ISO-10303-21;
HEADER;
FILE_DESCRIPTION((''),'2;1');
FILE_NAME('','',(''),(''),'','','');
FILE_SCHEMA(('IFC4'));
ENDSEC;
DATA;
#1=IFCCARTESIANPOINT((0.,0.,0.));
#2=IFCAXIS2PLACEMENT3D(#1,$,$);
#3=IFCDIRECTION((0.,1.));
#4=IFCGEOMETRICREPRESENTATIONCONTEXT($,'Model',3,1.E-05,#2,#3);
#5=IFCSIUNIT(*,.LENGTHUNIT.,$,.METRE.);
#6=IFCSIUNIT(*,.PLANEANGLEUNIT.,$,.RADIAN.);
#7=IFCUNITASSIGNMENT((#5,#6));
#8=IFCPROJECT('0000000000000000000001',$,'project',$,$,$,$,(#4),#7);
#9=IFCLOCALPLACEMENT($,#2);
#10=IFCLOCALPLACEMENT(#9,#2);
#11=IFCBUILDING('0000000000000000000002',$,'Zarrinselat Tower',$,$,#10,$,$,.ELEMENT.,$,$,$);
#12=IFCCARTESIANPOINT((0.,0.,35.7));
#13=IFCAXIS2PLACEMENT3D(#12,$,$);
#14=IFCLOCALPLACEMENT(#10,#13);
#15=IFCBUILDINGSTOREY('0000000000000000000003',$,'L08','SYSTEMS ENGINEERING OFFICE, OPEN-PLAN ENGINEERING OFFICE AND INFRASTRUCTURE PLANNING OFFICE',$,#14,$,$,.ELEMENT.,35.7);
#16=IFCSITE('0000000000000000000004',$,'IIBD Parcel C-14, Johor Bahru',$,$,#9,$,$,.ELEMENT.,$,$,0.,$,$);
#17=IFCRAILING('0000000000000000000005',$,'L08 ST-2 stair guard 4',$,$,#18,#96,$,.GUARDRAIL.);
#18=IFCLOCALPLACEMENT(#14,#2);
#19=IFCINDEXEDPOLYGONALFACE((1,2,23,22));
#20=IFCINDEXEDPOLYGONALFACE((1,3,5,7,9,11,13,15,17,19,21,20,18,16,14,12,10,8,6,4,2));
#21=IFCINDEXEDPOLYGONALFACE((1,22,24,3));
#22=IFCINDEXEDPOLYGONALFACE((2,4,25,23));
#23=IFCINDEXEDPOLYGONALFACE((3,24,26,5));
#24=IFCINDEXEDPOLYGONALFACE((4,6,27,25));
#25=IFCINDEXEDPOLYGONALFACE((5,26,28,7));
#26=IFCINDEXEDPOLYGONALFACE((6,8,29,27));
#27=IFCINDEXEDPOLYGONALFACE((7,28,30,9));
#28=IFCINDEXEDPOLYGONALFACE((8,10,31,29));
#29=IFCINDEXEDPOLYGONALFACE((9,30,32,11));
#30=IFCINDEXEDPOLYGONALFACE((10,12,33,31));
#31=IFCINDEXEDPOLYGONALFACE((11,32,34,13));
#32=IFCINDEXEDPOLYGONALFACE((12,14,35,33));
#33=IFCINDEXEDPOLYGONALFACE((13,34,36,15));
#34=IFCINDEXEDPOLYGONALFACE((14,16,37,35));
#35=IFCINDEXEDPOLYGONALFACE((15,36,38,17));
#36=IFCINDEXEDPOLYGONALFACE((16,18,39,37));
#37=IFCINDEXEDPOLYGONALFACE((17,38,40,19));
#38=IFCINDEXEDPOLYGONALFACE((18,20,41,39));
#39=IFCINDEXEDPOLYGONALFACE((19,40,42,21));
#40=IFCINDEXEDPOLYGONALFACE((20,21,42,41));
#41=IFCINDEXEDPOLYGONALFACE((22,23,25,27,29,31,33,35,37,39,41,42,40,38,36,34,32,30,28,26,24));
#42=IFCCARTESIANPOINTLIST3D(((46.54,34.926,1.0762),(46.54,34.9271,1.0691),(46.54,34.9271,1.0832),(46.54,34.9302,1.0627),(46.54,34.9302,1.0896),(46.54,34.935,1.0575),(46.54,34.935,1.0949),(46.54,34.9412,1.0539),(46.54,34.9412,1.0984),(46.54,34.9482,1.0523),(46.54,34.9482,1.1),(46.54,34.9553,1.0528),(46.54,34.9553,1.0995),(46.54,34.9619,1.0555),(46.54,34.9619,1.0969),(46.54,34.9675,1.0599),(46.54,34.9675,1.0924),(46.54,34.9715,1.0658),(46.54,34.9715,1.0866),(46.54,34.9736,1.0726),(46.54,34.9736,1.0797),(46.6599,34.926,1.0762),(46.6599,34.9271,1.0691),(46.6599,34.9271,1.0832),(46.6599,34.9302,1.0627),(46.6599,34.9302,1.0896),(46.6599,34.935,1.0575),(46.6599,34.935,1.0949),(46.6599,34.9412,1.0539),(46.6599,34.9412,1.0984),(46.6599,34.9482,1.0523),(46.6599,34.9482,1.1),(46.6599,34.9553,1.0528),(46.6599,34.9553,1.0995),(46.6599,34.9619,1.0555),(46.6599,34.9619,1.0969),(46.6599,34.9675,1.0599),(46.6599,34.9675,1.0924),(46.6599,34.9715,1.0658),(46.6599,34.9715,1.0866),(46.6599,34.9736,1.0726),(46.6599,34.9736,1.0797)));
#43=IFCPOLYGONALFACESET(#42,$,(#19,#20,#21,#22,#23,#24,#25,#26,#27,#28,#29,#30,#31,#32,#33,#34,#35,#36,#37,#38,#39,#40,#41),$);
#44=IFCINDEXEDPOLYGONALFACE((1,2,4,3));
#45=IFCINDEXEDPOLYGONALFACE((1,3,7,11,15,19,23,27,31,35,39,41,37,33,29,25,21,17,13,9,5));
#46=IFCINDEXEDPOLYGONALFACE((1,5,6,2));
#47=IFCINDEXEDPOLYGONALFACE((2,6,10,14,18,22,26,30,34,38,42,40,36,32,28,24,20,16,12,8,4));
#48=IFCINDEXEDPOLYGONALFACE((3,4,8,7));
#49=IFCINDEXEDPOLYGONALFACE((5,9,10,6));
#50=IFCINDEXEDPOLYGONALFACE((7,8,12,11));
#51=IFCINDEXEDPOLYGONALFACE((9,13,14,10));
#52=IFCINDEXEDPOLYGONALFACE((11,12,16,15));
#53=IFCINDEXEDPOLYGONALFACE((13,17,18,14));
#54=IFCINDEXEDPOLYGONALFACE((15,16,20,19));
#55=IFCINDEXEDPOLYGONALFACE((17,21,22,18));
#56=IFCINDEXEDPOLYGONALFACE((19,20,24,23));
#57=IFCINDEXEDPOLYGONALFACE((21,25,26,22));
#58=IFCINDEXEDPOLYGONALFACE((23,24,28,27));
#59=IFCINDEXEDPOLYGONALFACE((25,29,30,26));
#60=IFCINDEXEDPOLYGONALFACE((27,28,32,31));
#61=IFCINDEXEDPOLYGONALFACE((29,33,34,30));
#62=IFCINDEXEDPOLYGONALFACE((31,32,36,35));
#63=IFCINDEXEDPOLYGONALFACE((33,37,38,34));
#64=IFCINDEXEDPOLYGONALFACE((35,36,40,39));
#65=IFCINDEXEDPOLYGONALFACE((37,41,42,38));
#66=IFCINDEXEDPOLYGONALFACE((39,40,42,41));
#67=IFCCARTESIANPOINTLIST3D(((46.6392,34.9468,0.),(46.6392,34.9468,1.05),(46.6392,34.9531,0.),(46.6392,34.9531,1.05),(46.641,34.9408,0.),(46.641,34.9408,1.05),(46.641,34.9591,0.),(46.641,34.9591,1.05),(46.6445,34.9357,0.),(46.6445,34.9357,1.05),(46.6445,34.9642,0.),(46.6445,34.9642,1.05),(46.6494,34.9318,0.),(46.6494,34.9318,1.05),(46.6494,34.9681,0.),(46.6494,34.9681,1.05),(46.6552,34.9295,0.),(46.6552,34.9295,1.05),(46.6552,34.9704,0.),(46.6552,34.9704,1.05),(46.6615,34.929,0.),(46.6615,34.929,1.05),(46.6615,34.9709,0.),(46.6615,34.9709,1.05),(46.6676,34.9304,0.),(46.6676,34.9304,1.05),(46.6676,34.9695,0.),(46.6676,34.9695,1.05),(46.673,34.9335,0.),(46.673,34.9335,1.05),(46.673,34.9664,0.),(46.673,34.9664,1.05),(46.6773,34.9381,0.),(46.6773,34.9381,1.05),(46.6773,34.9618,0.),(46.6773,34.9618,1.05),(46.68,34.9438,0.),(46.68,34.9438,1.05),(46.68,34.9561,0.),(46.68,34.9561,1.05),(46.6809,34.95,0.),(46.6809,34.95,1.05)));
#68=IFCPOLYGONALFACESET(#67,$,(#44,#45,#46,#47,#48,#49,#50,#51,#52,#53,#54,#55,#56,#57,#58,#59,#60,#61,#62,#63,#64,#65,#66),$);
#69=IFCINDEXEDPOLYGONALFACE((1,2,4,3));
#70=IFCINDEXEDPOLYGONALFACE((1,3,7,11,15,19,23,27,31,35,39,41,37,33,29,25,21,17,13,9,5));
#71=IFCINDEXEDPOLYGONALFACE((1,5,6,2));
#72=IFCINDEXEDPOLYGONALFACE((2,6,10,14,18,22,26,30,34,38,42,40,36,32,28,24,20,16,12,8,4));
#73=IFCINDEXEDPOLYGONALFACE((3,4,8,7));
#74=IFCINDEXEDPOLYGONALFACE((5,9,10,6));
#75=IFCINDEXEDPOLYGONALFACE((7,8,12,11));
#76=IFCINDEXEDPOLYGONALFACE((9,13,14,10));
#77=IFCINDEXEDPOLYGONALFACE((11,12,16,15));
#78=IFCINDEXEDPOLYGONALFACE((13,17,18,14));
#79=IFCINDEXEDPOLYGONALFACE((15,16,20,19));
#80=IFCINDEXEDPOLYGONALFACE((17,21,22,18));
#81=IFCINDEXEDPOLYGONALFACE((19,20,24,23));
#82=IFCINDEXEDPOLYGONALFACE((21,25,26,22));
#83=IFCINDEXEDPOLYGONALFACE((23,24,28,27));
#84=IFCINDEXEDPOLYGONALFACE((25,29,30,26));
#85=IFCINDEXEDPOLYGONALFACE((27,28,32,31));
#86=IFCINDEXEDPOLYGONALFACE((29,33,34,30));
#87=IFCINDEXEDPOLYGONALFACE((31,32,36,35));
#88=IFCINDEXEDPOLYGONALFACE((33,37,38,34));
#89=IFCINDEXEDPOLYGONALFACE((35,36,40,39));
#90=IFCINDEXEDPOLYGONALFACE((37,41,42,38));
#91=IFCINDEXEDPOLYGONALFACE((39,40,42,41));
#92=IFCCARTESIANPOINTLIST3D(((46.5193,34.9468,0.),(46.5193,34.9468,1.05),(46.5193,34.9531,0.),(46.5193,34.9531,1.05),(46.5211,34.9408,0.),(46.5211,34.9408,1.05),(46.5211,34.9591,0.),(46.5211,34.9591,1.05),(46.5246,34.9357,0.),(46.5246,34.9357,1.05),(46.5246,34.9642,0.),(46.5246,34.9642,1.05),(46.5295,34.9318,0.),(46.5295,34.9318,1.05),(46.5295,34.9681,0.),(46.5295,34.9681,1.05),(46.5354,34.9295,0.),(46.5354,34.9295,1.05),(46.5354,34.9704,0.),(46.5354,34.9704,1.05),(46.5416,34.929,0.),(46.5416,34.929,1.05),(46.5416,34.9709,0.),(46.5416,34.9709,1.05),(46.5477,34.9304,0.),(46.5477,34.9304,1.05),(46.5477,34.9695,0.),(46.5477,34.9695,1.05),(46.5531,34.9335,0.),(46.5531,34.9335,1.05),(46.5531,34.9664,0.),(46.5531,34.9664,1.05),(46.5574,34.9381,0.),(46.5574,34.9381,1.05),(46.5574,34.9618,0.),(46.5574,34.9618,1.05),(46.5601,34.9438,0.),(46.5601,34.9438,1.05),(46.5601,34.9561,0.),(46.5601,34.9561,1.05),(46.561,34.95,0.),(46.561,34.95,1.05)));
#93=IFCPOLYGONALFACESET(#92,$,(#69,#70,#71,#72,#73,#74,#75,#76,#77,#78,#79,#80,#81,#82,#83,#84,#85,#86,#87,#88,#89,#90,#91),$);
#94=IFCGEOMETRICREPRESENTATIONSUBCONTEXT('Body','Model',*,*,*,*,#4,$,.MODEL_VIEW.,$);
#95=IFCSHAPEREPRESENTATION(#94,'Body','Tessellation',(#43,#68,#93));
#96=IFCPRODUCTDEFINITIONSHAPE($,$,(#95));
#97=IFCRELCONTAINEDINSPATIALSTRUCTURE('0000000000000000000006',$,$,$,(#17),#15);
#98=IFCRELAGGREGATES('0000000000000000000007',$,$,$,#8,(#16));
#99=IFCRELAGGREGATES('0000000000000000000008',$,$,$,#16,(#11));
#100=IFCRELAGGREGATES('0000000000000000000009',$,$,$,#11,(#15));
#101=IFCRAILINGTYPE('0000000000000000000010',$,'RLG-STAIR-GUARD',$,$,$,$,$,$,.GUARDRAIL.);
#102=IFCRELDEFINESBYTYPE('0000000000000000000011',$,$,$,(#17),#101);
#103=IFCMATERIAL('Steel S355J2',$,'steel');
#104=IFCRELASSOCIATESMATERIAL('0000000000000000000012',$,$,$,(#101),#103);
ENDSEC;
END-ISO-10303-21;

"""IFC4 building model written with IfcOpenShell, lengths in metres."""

from ifc_helpers import new_model, si_unit, direction, frame, origin, origin_2d, place, context, subcontext, project, spatial, circle, extrude, material, type_object, element, save


model = new_model("IFC4")

# Units and contexts
model_context = context("Model", 3, precision=1e-05, world=origin(), true_north=direction((0.0, 1.0)))
body_context = subcontext(model_context, "Body", "Model", "MODEL_VIEW")
ifc_project = project(units=[si_unit("LENGTHUNIT", "METRE"), si_unit("PLANEANGLEUNIT", "RADIAN")], contexts=[model_context])

# Site, building, storey
site_placement = place(None, origin())
site = spatial("IfcSite", under=ifc_project, at=site_placement, Name="IIBD Parcel C-14, Johor Bahru", CompositionType="ELEMENT", RefElevation=0.0)
building_placement = place(site_placement, origin())
building = spatial("IfcBuilding", under=site, at=building_placement, Name="Zarrinselat Tower", CompositionType="ELEMENT")
storey_placement = place(building_placement, frame((0.0, 0.0, 35.7)))
storey = spatial("IfcBuildingStorey", under=building, at=storey_placement, Name="L08", Description="SYSTEMS ENGINEERING OFFICE, OPEN-PLAN ENGINEERING OFFICE AND INFRASTRUCTURE PLANNING OFFICE", CompositionType="ELEMENT", Elevation=35.7)

# Railing
ifc_material_1 = material(Name="Steel S355J2", Category="steel")
railing_type_1 = type_object("IfcRailingType", Name="RLG-STAIR-GUARD", PredefinedType="GUARDRAIL", material=ifc_material_1)
railing_1_placement = place(storey_placement, frame((46.6599, 34.95, 0.0)))
element("IfcRailing", 1, at=railing_1_placement, inside=storey, type_object=railing_type_1, Name="L08 ST-2 stair guard 4", PredefinedType="GUARDRAIL", context=body_context, shape_type="SweptSolid", body=[
    extrude(circle(Radius=0.0239, at=origin_2d()), frame((0.0, 0.0, 1.0762), z_axis=(-1.0, 0.0, 0.0), x_axis=(0.0, -1.0, 0.0)), (0.0, 0.0, 1.0), 0.1199),
    extrude(circle(Radius=0.021, at=origin_2d()), origin(), (0.0, 0.0, 1.0), 1.05),
    extrude(circle(Radius=0.021, at=origin_2d()), frame((-0.1199, 0.0, 0.0)), (0.0, 0.0, 1.0), 1.05),
])

save(model, "model.ifc")
